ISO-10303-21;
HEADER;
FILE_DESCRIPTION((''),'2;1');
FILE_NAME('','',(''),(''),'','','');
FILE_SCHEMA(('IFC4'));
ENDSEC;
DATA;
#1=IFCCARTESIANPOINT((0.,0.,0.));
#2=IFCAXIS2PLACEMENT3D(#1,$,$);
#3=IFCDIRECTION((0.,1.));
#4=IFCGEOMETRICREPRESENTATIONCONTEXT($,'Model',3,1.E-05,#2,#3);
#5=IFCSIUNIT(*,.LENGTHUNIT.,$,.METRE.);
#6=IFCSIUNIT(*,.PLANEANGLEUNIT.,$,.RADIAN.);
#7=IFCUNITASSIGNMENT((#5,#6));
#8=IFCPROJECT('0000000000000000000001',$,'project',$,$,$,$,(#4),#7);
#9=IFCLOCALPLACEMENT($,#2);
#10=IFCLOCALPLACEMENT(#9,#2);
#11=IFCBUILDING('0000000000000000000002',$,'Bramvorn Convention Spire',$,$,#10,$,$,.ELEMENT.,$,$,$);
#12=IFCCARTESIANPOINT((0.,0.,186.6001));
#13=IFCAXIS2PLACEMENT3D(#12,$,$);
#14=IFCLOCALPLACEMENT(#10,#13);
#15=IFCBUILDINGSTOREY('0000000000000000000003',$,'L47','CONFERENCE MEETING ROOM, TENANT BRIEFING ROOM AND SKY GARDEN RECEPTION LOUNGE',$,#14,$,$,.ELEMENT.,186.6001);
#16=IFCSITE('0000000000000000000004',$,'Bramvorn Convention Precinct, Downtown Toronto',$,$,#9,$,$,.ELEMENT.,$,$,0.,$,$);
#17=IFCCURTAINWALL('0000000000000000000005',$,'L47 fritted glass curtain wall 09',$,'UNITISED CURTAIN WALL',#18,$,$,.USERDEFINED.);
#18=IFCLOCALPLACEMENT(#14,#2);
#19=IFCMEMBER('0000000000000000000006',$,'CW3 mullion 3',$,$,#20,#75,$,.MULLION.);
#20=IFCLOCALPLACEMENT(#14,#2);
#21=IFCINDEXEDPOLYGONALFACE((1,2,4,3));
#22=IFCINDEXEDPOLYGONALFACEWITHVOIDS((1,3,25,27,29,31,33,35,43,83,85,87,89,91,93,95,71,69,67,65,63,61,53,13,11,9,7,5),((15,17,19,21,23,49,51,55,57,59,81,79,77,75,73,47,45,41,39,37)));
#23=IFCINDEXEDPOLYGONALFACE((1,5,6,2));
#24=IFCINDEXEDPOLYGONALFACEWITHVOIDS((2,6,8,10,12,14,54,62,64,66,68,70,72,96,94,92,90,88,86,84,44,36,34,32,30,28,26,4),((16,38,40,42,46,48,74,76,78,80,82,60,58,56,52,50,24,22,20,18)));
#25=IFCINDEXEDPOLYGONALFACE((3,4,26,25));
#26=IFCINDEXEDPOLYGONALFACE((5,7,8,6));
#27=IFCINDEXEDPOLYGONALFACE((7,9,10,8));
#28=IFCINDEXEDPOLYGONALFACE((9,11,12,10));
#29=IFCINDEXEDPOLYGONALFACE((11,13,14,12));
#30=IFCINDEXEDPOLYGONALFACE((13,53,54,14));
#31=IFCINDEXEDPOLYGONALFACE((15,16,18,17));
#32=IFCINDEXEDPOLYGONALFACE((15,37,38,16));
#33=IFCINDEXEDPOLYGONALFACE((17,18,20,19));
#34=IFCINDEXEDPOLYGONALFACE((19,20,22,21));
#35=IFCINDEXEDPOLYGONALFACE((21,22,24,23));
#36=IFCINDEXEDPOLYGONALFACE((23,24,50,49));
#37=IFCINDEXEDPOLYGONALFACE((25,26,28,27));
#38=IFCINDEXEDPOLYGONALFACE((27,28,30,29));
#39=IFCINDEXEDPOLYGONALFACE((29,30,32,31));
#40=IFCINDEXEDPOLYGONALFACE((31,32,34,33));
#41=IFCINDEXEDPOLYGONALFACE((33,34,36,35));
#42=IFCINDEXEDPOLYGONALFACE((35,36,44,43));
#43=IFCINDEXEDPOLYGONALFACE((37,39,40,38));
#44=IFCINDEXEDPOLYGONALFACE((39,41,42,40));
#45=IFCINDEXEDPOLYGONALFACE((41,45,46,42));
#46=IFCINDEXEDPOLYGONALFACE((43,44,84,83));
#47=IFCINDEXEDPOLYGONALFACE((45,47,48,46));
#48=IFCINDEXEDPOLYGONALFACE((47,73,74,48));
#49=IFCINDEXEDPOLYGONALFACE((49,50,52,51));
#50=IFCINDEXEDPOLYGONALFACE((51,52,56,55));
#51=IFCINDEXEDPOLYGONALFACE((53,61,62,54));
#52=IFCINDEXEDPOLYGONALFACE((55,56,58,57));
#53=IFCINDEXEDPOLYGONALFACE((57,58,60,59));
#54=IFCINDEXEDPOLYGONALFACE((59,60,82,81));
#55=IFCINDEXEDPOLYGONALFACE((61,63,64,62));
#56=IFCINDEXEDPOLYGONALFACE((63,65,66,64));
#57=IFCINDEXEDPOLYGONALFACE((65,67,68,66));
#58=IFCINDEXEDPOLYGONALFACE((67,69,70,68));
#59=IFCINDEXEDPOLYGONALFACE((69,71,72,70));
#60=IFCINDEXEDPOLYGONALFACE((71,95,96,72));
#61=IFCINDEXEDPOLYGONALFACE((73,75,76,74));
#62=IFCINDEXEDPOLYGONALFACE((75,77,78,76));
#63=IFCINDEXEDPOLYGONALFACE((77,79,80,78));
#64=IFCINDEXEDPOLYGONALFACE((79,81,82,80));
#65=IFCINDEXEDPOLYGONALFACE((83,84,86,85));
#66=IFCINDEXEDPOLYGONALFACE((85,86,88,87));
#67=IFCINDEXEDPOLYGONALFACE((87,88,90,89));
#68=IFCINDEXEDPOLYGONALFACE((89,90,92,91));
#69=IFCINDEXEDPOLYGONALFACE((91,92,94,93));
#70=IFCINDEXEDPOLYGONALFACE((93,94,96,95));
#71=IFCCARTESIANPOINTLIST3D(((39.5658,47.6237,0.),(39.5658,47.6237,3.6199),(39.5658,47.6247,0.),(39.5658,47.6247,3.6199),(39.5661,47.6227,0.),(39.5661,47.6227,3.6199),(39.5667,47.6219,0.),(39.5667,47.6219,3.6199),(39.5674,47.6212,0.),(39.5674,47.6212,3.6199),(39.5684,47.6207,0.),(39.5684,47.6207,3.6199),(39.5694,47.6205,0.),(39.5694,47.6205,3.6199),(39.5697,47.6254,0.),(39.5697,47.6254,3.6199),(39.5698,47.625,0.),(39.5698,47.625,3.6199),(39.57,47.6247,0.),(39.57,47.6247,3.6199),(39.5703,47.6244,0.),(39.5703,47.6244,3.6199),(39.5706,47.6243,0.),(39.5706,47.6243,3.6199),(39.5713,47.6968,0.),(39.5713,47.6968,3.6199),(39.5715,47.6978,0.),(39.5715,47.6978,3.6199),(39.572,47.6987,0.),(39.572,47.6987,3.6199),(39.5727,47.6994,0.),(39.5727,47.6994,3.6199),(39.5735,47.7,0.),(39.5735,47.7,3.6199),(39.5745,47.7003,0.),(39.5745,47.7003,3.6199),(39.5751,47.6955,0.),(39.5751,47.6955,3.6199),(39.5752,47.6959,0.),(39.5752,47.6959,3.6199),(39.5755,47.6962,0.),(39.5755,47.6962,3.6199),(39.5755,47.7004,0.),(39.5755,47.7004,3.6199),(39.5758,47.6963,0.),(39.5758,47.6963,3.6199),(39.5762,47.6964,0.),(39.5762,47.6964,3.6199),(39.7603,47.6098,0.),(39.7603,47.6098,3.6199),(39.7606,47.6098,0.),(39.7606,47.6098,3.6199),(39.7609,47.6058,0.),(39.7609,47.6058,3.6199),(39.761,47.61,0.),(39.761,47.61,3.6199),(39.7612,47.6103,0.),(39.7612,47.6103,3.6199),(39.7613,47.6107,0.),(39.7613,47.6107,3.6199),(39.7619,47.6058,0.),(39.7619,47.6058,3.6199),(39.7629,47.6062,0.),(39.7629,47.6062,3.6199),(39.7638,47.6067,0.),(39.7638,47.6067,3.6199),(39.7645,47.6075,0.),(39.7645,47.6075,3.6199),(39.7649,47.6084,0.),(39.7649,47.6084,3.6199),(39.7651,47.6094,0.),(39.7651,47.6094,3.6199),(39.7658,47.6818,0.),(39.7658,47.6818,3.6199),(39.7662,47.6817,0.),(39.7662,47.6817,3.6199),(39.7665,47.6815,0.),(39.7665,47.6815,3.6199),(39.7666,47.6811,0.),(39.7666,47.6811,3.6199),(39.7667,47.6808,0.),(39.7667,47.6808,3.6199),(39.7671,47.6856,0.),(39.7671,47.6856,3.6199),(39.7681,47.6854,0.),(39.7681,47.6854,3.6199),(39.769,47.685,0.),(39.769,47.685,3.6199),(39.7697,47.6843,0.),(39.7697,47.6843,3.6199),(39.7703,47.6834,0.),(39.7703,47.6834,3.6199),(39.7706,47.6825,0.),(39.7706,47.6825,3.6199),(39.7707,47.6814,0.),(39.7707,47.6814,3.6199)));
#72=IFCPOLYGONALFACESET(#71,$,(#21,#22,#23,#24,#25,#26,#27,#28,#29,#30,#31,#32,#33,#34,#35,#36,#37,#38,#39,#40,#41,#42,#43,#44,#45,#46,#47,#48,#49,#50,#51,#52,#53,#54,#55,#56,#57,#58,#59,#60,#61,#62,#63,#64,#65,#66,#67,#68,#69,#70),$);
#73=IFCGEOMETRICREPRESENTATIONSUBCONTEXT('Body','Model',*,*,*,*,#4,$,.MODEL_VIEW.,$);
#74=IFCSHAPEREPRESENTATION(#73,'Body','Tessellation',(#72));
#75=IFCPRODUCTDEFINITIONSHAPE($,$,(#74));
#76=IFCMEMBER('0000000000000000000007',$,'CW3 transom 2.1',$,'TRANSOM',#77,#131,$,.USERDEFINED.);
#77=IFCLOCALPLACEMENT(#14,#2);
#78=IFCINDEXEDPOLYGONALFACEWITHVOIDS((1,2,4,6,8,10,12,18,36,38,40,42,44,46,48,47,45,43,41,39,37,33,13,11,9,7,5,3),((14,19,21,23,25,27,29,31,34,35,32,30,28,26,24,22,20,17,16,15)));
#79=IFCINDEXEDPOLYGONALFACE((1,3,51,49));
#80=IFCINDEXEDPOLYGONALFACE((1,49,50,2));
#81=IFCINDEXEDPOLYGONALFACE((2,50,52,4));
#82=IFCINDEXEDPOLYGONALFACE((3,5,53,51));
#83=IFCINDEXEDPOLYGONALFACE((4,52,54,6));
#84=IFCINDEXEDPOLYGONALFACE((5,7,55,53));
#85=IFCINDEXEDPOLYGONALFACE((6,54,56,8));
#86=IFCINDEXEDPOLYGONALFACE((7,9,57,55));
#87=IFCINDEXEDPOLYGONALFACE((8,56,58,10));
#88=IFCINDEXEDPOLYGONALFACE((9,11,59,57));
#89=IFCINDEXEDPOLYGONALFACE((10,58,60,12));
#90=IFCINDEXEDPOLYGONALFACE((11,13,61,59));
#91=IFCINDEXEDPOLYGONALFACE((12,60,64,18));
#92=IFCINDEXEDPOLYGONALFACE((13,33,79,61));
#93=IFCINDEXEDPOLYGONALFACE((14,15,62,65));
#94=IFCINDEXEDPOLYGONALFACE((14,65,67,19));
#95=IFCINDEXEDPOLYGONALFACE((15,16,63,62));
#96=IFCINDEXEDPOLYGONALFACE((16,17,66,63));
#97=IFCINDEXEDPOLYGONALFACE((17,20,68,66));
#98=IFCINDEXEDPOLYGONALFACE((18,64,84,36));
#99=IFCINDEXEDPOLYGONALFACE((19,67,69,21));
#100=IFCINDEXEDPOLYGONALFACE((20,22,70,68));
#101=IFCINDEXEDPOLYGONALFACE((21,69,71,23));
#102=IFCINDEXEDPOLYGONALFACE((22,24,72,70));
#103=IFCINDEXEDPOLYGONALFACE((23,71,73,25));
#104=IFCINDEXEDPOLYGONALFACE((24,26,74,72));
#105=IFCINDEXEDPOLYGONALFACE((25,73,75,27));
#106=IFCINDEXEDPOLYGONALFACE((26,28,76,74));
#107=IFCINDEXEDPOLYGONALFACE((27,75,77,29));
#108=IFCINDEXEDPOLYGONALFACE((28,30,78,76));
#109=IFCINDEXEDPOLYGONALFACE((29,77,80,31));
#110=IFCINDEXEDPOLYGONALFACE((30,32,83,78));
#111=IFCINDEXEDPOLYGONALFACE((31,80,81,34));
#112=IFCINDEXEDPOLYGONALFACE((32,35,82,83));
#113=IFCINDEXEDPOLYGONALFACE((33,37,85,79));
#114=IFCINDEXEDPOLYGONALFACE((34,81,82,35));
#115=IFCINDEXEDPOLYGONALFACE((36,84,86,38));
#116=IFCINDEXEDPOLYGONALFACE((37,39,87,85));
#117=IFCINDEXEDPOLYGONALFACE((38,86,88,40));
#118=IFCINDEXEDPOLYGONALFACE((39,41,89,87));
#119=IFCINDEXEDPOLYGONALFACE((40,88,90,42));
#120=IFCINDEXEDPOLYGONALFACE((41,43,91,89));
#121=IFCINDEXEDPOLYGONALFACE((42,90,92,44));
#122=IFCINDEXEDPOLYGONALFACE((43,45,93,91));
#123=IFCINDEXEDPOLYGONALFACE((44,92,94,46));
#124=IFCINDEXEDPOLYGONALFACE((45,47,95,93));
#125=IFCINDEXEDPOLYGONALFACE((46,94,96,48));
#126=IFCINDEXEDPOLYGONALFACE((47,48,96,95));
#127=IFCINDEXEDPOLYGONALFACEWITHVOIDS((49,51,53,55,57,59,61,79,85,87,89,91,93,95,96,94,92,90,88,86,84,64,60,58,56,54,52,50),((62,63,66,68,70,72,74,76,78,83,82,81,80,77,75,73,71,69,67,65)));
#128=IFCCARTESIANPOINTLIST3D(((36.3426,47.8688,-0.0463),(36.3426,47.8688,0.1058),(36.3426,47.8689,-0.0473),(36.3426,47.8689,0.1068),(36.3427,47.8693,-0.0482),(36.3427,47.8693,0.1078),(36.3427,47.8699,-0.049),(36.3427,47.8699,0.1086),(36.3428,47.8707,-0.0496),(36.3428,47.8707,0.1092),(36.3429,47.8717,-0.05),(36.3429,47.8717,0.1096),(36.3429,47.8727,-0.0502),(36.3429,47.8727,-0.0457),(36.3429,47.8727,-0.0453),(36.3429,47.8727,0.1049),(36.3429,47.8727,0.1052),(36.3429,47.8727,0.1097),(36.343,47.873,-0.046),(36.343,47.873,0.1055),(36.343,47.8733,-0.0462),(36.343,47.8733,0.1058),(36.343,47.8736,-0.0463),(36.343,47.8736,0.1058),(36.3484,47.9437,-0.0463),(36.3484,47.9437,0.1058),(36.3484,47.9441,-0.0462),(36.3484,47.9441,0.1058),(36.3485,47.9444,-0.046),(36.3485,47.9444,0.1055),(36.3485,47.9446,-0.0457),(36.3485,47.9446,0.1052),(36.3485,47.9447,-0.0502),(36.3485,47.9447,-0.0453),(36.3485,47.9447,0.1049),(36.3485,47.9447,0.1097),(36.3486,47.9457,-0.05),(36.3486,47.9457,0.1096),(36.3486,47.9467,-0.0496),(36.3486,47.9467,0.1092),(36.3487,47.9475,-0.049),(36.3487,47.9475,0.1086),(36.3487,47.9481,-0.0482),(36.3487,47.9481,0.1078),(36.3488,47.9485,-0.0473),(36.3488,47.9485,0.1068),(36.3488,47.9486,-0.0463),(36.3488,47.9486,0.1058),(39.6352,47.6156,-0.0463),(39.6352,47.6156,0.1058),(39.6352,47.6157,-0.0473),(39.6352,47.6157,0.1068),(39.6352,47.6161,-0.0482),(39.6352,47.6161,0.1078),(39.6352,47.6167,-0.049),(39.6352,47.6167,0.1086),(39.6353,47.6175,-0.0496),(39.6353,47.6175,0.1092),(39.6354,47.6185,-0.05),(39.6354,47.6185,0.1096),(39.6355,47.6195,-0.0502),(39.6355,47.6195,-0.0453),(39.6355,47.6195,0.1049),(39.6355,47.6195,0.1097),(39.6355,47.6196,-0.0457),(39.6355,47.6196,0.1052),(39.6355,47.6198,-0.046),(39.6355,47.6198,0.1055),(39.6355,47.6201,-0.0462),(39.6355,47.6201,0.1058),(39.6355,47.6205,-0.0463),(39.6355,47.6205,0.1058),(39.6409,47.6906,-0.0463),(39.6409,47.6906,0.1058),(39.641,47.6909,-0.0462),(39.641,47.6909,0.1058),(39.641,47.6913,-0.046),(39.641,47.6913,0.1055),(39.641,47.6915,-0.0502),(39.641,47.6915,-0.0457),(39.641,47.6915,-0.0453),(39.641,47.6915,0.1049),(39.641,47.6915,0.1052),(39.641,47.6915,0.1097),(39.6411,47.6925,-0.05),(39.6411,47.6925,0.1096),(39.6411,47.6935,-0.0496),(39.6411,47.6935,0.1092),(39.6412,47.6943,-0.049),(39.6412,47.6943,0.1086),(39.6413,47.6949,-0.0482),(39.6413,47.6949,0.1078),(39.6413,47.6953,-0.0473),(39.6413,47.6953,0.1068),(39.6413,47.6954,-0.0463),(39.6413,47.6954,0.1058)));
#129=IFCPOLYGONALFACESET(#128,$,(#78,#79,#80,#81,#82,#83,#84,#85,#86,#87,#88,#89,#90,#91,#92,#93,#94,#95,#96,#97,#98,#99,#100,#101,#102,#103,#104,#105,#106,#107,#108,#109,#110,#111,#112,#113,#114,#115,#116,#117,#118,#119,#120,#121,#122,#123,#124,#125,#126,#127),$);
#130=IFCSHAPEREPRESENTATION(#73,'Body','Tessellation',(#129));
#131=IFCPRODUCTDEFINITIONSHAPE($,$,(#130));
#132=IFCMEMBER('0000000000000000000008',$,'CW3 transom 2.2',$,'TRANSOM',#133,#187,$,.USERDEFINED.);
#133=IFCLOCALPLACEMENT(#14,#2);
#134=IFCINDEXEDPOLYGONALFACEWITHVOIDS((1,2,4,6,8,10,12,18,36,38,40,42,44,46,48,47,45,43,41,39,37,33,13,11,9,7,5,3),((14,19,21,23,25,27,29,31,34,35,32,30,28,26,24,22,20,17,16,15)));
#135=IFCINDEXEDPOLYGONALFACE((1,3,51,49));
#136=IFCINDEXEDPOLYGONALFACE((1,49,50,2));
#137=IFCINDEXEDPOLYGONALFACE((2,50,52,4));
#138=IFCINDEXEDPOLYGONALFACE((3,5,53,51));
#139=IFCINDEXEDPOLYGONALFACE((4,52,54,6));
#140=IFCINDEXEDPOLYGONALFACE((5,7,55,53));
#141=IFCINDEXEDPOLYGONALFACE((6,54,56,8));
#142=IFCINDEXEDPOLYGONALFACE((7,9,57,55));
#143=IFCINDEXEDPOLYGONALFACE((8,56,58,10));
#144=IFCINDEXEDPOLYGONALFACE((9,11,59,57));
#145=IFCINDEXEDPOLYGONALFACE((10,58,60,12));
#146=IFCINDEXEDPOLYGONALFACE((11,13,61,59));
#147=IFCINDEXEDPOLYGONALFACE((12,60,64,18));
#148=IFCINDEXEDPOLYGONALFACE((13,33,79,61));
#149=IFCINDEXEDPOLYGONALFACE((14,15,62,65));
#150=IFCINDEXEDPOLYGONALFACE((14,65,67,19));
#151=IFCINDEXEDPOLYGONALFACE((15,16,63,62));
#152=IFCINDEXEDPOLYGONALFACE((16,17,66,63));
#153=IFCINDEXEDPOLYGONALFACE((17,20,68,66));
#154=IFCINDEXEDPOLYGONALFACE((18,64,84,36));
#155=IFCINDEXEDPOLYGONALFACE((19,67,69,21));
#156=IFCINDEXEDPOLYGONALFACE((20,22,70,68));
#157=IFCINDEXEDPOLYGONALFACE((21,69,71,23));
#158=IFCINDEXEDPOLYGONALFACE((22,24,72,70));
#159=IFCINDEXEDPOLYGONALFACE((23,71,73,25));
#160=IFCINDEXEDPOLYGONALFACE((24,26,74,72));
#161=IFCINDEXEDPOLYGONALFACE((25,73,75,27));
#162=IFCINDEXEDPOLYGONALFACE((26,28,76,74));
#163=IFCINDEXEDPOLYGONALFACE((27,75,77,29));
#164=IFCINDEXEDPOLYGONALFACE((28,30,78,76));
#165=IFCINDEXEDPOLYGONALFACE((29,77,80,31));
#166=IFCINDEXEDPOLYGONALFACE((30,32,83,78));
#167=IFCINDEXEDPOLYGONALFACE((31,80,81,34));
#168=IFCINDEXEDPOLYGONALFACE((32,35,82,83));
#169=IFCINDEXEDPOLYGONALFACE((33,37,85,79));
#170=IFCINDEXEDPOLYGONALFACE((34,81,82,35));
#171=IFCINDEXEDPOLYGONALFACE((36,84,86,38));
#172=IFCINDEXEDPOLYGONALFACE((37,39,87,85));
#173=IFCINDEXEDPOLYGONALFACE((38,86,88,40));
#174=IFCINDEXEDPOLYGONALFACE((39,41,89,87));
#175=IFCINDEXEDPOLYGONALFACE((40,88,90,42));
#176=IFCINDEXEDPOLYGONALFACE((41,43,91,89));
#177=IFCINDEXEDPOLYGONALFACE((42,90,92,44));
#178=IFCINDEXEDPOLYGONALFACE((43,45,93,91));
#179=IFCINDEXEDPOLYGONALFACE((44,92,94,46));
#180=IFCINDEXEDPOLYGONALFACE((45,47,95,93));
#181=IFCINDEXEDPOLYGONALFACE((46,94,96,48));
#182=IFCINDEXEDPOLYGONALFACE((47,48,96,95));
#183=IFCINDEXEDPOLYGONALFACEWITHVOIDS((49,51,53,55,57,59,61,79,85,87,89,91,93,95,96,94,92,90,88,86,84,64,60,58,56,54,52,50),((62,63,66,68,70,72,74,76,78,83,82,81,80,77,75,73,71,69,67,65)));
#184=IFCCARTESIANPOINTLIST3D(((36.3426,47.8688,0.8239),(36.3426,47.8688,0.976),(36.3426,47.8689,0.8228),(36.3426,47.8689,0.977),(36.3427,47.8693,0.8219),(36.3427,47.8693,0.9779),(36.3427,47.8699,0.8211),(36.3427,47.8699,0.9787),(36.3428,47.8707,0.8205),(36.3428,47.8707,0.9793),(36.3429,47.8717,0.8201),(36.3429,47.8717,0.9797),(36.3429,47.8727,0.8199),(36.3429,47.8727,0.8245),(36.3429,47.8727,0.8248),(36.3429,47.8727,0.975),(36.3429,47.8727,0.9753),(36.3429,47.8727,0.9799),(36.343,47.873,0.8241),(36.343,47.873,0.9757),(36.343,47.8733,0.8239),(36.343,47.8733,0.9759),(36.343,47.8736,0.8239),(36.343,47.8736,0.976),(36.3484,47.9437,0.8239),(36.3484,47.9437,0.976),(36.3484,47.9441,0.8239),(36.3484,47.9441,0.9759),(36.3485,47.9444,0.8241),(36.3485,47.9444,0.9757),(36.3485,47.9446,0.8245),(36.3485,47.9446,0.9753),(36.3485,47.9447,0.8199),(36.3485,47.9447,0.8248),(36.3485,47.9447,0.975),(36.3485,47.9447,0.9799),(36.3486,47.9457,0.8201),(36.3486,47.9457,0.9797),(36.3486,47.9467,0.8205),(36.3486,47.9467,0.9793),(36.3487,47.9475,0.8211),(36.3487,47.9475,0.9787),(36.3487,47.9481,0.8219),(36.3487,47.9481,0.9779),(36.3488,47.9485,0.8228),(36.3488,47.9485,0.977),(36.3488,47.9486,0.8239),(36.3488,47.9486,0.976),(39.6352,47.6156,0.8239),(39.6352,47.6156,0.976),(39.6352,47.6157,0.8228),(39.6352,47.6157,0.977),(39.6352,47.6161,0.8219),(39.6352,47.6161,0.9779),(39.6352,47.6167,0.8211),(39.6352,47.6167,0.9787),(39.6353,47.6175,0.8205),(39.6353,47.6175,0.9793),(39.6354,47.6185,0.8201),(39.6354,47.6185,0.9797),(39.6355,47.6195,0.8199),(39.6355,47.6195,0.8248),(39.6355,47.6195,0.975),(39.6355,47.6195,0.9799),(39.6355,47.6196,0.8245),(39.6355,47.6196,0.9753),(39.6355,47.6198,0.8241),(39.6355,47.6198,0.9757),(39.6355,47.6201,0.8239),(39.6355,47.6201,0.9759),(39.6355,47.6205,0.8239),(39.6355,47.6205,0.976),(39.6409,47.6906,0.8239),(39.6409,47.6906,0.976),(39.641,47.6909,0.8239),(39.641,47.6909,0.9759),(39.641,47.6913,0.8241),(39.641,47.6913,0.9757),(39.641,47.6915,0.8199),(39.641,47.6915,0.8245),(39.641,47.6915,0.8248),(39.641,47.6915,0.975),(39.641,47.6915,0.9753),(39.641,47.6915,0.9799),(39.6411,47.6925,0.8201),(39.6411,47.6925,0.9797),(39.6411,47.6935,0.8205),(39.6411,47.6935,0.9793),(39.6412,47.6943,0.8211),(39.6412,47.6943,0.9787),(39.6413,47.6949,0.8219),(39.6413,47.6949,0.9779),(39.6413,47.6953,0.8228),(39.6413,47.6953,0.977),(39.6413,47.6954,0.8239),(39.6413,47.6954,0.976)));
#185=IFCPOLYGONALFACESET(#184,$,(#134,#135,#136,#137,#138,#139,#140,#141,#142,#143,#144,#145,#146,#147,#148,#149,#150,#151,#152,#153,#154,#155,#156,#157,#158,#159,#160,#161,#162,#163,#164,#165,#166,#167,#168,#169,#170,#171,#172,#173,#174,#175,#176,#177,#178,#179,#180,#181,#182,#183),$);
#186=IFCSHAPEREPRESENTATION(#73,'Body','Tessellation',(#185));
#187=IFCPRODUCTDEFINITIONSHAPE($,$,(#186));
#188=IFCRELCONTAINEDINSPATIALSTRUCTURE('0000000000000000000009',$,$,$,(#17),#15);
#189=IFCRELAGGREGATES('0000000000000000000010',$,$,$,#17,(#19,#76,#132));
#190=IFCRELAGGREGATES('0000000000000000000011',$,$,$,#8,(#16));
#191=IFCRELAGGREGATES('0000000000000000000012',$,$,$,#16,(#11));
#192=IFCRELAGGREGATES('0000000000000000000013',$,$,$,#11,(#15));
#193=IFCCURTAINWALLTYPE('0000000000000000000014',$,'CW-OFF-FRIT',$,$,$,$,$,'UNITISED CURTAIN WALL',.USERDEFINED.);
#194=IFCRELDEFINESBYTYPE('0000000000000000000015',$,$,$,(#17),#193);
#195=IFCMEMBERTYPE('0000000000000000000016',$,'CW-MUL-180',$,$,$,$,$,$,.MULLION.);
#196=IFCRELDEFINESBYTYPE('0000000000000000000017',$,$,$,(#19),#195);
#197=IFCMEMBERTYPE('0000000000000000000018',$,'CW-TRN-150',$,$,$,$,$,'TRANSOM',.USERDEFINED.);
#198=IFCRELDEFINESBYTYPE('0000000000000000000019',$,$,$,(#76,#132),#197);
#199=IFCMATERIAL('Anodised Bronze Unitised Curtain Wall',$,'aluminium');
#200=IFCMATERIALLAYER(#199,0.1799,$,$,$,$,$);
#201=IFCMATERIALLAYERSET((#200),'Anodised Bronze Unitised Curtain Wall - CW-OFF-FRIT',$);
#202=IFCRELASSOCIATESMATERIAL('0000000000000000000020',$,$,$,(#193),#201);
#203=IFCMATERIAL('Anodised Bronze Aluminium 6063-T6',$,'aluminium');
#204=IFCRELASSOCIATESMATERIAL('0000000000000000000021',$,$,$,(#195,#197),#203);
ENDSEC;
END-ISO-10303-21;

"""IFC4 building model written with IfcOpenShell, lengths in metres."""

from ifc_helpers import new_model, si_unit, direction, frame, origin, origin_2d, place, context, subcontext, project, spatial, hollow_rectangle, extrude, material, layer, layer_set, material_profile, profile_set, type_object, element, aggregate, save


model = new_model("IFC4")

# Units and contexts
model_context = context("Model", 3, precision=1e-05, world=origin(), true_north=direction((0.0, 1.0)))
body_context = subcontext(model_context, "Body", "Model", "MODEL_VIEW")
ifc_project = project(units=[si_unit("LENGTHUNIT", "METRE"), si_unit("PLANEANGLEUNIT", "RADIAN")], contexts=[model_context])

# Site, building, storey
site_placement = place(None, origin())
site = spatial("IfcSite", under=ifc_project, at=site_placement, Name="Bramvorn Convention Precinct, Downtown Toronto", CompositionType="ELEMENT", RefElevation=0.0)
building_placement = place(site_placement, origin())
building = spatial("IfcBuilding", under=site, at=building_placement, Name="Bramvorn Convention Spire", CompositionType="ELEMENT")
storey_placement = place(building_placement, frame((0.0, 0.0, 186.6001)))
storey = spatial("IfcBuildingStorey", under=building, at=storey_placement, Name="L47", Description="CONFERENCE MEETING ROOM, TENANT BRIEFING ROOM AND SKY GARDEN RECEPTION LOUNGE", CompositionType="ELEMENT", Elevation=186.6001)

# Curtain wall, members
ifc_material_1 = material(Name="Anodised Bronze Unitised Curtain Wall", Category="aluminium")
ifc_layer_1 = layer(ifc_material_1, 0.1799)
ifc_layer_set_1 = layer_set([ifc_layer_1], Name="Anodised Bronze Unitised Curtain Wall - CW-OFF-FRIT")
curtain_wall_type = type_object("IfcCurtainWallType", Name="CW-OFF-FRIT", ElementType="UNITISED CURTAIN WALL", PredefinedType="USERDEFINED", material=ifc_layer_set_1)
curtain_wall_placement = place(storey_placement, origin())
curtain_wall = element("IfcCurtainWall", 1, at=curtain_wall_placement, inside=storey, type_object=curtain_wall_type, Name="L47 fritted glass curtain wall 09", ObjectType="UNITISED CURTAIN WALL", PredefinedType="USERDEFINED")
ifc_material_2 = material(Name="Anodised Bronze Aluminium 6063-T6", Category="aluminium")
ifc_material_profile_1 = material_profile(ifc_material_2, hollow_rectangle(XDim=0.0801, YDim=0.2, WallThickness=0.0039, InnerFilletRadius=0.001, OuterFilletRadius=0.0039, at=origin_2d()))
ifc_profile_set_1 = profile_set([ifc_material_profile_1], Name="Anodised Bronze Aluminium 6063-T6 - CWM80X200")
member_type_1 = type_object("IfcMemberType", Name="CW-MUL-180", PredefinedType="MULLION", material=ifc_profile_set_1)
member_1_placement = place(storey_placement, frame((39.6682, 47.6531, 0.0), z_axis=(0.0, 0.0, 1.0), x_axis=(0.076675, 0.997056, 0.0)))
member_1 = element("IfcMember", 2, at=member_1_placement, type_object=member_type_1, Name="CW3 mullion 3", PredefinedType="MULLION", context=body_context, shape_type="SweptSolid", body=[
    extrude(hollow_rectangle(XDim=0.0801, YDim=0.2, WallThickness=0.0039, InnerFilletRadius=0.001, OuterFilletRadius=0.0039, at=origin_2d()), origin(), (0.0, 0.0, 1.0), 3.6199),
])
ifc_material_profile_2 = material_profile(ifc_material_2, hollow_rectangle(XDim=0.0801, YDim=0.1599, WallThickness=0.0039, InnerFilletRadius=0.001, OuterFilletRadius=0.0039, at=origin_2d()))
ifc_profile_set_2 = profile_set([ifc_material_profile_2], Name="Anodised Bronze Aluminium 6063-T6 - CWT80X160")
member_type_2 = type_object("IfcMemberType", Name="CW-TRN-150", ElementType="TRANSOM", PredefinedType="USERDEFINED", material=ifc_profile_set_2)
member_2_placement = place(storey_placement, frame((36.3457, 47.9087, 0.0298), z_axis=(0.997057, -0.076668, 0.0), x_axis=(0.076668, 0.997057, 0.0)))
member_2 = element("IfcMember", 3, at=member_2_placement, type_object=member_type_2, Name="CW3 transom 2.1", ObjectType="TRANSOM", PredefinedType="USERDEFINED", context=body_context, shape_type="SweptSolid", body=[
    extrude(hollow_rectangle(XDim=0.0801, YDim=0.1599, WallThickness=0.0039, InnerFilletRadius=0.001, OuterFilletRadius=0.0039, at=origin_2d()), origin(), (0.0, 0.0, 1.0), 3.3022),
])
member_3_placement = place(storey_placement, frame((36.3457, 47.9087, 0.8999), z_axis=(0.997057, -0.076668, 0.0), x_axis=(0.076668, 0.997057, 0.0)))
member_3 = element("IfcMember", 4, at=member_3_placement, type_object=member_type_2, Name="CW3 transom 2.2", ObjectType="TRANSOM", PredefinedType="USERDEFINED", context=body_context, shape_type="SweptSolid", body=[
    extrude(hollow_rectangle(XDim=0.0801, YDim=0.1599, WallThickness=0.0039, InnerFilletRadius=0.001, OuterFilletRadius=0.0039, at=origin_2d()), origin(), (0.0, 0.0, 1.0), 3.3022),
])
aggregate(curtain_wall, [member_1, member_2, member_3])

save(model, "model.ifc")
